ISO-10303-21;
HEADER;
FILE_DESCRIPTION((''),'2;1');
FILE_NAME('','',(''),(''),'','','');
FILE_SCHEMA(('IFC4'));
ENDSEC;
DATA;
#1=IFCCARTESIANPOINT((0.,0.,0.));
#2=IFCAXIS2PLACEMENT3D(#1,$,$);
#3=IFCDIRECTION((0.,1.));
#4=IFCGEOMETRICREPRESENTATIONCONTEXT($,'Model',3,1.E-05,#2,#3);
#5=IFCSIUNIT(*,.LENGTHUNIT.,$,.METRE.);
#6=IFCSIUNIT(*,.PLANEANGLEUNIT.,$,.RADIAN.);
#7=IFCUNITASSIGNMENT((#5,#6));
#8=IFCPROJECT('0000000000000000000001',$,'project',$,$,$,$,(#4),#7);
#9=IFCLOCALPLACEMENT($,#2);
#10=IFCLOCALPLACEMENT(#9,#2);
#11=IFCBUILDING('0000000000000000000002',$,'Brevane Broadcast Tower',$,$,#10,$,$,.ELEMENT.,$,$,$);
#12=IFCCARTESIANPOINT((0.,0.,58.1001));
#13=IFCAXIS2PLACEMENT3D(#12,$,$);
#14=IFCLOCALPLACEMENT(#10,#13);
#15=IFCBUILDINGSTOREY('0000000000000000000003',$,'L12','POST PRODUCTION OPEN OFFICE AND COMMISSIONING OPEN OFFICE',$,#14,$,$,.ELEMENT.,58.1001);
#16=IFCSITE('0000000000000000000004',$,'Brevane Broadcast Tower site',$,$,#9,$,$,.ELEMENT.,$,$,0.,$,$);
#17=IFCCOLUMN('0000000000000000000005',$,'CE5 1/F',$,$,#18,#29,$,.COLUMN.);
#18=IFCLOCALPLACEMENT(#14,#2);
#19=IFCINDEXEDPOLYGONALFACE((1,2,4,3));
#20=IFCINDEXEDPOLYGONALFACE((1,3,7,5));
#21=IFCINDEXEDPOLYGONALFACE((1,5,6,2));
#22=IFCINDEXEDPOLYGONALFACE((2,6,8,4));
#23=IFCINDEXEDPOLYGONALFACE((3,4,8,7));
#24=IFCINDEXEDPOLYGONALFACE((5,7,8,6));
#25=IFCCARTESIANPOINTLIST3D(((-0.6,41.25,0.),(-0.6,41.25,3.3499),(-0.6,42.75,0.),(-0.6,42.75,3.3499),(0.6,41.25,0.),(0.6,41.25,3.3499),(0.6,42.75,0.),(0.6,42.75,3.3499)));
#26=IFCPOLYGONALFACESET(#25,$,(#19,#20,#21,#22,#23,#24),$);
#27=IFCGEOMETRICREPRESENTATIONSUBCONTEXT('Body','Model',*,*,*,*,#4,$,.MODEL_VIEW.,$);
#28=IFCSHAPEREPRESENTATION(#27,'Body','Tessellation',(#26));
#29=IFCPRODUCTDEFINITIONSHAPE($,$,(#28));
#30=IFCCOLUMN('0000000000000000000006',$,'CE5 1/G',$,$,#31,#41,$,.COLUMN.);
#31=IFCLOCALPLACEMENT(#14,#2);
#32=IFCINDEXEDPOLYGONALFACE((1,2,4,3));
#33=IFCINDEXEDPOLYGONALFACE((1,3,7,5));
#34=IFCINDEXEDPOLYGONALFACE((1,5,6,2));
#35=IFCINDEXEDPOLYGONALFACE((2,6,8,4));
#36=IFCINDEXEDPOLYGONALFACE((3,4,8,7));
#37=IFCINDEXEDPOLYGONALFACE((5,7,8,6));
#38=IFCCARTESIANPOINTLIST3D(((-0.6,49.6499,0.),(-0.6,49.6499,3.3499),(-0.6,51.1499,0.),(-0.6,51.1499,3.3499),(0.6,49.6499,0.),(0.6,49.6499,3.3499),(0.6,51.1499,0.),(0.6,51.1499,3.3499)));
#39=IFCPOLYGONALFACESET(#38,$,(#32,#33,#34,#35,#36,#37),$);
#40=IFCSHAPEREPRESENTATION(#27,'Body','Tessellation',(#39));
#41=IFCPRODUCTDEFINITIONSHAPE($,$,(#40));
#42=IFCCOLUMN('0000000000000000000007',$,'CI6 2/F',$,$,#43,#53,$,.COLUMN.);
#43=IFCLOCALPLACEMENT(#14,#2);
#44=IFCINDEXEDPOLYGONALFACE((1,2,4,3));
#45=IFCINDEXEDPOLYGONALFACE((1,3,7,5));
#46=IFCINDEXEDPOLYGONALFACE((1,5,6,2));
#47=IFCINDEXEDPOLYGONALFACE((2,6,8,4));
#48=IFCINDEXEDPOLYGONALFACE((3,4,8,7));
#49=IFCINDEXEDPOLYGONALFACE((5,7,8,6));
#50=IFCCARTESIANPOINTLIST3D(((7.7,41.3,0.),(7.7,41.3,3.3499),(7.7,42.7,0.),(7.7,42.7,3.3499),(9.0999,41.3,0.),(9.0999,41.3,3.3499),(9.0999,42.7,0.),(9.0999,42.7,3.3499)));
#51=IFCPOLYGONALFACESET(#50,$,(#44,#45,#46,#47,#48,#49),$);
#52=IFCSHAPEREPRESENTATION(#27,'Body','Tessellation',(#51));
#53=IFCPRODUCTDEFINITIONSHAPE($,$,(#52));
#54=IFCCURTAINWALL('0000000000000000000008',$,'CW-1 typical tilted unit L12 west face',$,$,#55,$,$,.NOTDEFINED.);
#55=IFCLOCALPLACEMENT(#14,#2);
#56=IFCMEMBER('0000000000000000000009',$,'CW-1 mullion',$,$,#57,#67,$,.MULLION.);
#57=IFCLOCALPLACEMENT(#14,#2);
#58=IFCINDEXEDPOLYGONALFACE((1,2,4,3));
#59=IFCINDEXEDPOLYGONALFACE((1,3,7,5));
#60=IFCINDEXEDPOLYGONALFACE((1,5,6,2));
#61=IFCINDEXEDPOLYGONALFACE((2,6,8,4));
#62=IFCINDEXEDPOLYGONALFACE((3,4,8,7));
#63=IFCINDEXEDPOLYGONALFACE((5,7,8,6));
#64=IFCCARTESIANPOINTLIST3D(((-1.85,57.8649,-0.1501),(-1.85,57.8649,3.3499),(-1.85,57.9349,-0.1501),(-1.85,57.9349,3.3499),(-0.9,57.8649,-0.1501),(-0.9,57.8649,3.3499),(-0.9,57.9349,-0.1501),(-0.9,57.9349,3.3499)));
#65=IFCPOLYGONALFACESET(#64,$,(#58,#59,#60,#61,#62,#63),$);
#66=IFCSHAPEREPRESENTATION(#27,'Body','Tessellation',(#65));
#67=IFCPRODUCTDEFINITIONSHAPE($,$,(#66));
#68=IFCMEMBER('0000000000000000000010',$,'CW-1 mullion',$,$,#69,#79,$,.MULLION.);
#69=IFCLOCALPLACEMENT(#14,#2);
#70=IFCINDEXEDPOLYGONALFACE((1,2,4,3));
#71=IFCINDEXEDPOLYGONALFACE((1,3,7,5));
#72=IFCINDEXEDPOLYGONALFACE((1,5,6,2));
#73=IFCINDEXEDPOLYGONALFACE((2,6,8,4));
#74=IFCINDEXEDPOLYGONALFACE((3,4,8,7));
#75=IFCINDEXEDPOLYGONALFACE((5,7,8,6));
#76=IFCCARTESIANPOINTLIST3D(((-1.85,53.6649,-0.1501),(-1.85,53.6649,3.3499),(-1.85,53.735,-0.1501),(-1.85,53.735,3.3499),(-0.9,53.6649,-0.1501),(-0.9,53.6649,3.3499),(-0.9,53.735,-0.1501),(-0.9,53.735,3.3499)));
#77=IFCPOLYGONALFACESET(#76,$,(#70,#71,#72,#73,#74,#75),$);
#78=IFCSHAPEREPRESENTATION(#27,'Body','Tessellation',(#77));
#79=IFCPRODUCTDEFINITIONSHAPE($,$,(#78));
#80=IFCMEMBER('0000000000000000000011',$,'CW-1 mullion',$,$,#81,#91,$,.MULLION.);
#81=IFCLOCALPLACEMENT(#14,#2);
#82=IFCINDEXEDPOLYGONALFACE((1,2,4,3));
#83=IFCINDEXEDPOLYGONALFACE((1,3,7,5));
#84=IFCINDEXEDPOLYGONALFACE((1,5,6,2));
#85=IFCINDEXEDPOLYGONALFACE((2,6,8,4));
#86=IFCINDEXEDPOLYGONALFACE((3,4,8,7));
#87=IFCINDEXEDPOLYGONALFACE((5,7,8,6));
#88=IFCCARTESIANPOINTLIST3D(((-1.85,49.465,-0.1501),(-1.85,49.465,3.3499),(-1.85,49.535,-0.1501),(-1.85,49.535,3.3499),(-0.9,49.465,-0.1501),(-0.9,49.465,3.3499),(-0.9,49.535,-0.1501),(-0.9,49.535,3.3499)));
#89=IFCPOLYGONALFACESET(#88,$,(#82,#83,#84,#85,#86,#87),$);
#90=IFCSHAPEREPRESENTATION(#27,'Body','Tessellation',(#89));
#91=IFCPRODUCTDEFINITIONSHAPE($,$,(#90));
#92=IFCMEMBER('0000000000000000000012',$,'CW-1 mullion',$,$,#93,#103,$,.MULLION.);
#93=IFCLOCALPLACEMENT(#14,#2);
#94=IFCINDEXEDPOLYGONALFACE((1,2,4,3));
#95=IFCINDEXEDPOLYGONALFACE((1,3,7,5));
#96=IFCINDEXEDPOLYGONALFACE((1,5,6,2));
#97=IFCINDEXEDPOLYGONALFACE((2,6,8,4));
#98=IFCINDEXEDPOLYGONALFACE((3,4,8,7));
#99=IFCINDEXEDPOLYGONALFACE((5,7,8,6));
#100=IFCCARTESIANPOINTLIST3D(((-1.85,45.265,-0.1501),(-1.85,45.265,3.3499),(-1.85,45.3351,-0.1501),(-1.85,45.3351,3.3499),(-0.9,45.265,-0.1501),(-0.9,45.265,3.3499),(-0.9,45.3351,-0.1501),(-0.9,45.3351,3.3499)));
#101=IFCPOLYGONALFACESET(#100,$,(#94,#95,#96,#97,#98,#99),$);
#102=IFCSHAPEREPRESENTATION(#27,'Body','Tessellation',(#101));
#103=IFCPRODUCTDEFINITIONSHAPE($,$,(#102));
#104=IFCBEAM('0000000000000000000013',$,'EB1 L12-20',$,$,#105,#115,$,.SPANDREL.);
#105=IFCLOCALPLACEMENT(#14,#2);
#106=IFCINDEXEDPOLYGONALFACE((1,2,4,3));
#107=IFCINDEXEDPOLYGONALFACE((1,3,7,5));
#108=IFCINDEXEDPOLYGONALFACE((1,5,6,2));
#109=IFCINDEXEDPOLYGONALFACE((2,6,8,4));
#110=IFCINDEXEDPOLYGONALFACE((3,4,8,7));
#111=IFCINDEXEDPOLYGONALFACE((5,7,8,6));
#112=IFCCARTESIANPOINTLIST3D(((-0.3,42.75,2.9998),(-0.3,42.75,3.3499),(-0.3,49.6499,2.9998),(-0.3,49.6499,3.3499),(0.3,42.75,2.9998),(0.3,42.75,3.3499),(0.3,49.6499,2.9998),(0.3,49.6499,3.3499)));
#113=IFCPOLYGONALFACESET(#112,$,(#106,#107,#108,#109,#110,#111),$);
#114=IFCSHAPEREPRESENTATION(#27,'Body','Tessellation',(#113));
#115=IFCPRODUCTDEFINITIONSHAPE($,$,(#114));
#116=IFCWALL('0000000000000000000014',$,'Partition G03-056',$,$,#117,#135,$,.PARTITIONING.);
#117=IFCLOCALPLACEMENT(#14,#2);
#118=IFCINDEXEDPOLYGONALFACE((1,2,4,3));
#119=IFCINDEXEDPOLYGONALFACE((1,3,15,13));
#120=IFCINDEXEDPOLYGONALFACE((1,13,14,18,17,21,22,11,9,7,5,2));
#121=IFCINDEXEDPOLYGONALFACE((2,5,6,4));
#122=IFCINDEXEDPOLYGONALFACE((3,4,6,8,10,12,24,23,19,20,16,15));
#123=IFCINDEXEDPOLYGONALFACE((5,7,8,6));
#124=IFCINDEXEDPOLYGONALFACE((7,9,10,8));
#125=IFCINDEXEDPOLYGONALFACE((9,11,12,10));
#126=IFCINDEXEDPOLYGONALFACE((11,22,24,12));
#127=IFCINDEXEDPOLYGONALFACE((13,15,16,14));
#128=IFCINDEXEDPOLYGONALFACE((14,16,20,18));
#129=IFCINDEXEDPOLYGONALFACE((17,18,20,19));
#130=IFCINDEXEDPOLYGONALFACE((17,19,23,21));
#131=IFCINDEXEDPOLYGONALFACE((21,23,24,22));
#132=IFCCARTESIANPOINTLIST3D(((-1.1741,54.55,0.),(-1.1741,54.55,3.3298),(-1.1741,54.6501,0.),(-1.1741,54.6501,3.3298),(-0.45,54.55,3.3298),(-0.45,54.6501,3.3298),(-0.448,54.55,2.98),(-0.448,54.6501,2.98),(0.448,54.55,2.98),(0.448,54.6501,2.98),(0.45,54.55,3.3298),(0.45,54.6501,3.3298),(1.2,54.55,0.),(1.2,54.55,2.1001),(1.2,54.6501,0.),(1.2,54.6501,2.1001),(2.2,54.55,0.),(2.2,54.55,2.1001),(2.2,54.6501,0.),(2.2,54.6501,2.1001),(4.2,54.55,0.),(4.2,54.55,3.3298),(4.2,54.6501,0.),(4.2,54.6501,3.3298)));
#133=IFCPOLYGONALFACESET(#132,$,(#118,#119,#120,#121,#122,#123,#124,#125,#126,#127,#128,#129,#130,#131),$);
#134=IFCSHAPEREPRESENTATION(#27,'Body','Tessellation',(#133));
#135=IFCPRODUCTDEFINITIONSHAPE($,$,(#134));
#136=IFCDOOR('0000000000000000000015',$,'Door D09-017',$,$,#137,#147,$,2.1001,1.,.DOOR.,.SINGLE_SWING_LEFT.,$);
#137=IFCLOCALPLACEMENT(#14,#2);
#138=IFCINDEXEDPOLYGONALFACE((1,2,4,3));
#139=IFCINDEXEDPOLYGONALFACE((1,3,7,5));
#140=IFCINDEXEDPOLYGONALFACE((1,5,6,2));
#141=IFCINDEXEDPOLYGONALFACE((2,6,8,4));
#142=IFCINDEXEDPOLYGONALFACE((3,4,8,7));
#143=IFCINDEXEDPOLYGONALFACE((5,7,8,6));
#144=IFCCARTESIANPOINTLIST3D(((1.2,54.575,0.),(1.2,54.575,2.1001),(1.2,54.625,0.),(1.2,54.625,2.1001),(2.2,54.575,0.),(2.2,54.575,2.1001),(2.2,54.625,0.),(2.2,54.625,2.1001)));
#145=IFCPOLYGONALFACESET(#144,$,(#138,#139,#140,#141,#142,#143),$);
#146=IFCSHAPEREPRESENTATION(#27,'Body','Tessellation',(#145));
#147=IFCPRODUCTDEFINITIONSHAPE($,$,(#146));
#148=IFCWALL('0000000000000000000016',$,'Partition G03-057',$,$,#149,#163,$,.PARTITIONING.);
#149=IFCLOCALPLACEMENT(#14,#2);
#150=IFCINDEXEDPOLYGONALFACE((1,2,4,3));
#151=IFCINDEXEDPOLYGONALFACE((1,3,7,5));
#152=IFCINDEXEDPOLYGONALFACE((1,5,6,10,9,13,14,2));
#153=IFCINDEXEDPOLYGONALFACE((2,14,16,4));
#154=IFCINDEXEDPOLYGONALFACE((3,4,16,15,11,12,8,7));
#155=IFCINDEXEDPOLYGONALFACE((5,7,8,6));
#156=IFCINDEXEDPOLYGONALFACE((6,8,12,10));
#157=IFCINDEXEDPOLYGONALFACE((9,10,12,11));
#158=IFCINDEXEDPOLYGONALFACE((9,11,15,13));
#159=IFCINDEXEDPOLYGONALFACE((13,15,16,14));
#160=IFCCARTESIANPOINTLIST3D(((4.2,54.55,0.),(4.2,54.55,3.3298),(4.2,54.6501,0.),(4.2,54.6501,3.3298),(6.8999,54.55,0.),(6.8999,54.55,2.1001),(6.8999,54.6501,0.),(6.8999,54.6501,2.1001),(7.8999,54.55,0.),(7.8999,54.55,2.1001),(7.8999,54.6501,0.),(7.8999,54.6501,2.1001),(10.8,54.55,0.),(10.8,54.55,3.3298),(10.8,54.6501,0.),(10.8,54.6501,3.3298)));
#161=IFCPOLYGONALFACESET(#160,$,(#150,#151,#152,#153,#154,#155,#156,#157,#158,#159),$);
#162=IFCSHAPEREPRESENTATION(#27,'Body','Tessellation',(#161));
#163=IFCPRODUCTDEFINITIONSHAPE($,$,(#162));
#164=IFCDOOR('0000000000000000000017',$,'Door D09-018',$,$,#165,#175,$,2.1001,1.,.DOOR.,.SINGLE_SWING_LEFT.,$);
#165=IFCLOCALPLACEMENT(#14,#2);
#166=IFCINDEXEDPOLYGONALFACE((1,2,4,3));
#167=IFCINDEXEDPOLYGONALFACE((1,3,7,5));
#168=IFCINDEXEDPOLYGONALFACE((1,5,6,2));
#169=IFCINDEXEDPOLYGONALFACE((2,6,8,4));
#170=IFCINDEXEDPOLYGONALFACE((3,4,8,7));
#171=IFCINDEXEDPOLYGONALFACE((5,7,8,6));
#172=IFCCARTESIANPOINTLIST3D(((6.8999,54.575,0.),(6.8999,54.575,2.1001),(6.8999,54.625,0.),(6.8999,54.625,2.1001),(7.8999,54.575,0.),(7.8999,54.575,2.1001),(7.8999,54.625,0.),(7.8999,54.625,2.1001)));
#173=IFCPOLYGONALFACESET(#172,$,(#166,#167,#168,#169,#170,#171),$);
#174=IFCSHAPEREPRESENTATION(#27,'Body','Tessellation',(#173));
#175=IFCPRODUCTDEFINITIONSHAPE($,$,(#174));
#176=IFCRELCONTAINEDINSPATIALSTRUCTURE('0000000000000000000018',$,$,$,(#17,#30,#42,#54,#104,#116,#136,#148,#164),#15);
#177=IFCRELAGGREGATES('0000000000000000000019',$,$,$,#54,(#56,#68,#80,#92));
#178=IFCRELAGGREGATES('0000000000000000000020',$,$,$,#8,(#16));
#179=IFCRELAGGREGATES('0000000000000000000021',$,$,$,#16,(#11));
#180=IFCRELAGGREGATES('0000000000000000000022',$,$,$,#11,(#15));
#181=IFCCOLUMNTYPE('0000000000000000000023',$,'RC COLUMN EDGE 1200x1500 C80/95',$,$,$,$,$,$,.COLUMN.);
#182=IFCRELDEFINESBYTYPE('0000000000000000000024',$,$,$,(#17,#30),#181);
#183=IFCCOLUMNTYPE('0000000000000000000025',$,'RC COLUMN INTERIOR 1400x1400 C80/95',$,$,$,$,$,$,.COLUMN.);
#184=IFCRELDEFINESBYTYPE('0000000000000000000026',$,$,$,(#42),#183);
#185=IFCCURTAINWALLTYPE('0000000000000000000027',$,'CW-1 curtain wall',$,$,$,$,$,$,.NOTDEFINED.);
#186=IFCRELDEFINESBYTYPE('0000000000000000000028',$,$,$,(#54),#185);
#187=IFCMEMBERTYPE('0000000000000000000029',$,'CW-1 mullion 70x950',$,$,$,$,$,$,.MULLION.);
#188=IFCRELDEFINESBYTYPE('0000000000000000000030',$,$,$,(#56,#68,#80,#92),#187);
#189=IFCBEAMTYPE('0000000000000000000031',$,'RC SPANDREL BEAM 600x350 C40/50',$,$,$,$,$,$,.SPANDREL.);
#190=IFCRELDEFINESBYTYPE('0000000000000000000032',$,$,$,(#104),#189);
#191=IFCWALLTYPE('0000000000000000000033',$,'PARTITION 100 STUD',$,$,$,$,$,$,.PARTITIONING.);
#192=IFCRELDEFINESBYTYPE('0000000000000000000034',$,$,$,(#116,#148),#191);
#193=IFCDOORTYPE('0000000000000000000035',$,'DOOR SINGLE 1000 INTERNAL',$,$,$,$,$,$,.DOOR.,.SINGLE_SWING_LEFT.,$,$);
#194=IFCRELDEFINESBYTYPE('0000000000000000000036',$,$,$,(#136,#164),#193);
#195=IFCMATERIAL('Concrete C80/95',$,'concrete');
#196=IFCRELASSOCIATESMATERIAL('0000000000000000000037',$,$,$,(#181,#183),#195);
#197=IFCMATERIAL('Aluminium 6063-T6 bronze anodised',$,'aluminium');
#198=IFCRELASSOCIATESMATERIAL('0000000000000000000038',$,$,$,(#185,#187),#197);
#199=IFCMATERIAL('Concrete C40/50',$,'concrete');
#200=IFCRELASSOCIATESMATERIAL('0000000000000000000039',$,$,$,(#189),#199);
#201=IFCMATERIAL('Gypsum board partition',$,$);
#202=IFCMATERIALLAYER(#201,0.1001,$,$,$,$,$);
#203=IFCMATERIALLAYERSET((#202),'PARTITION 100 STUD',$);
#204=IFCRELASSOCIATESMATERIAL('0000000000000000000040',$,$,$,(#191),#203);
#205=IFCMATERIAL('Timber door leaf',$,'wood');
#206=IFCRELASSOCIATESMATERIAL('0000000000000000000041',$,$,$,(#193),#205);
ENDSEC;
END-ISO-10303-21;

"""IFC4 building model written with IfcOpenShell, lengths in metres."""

from ifc_helpers import new_model, si_unit, direction, frame, frame_2d, origin, origin_2d, place, context, subcontext, project, spatial, polyline, rectangle, outline, extrude, material, layer, layer_set, material_profile, profile_set, type_object, element, fill, aggregate, save


model = new_model("IFC4")

# Units and contexts
model_context = context("Model", 3, precision=1e-05, world=origin(), true_north=direction((0.0, 1.0)))
body_context = subcontext(model_context, "Body", "Model", "MODEL_VIEW")
ifc_project = project(units=[si_unit("LENGTHUNIT", "METRE"), si_unit("PLANEANGLEUNIT", "RADIAN")], contexts=[model_context])

# Site, building, storey
site_placement = place(None, origin())
site = spatial("IfcSite", under=ifc_project, at=site_placement, Name="Brevane Broadcast Tower site", CompositionType="ELEMENT", RefElevation=0.0)
building_placement = place(site_placement, origin())
building = spatial("IfcBuilding", under=site, at=building_placement, Name="Brevane Broadcast Tower", CompositionType="ELEMENT")
storey_placement = place(building_placement, frame((0.0, 0.0, 58.1001)))
storey = spatial("IfcBuildingStorey", under=building, at=storey_placement, Name="L12", Description="POST PRODUCTION OPEN OFFICE AND COMMISSIONING OPEN OFFICE", CompositionType="ELEMENT", Elevation=58.1001)

# Columns
ifc_material_1 = material(Name="Concrete C80/95", Category="concrete")
ifc_material_profile_1 = material_profile(ifc_material_1, rectangle(XDim=1.2, YDim=1.5, at=origin_2d()), Name="RC 1200x1500")
ifc_profile_set_1 = profile_set([ifc_material_profile_1], Name="Concrete C80/95")
column_type_1 = type_object("IfcColumnType", Name="RC COLUMN EDGE 1200x1500 C80/95", PredefinedType="COLUMN", material=ifc_profile_set_1)
for number, where, z_axis, x_axis, name in (
    (1, (0.0, 42.0, 0.0), (0.0, 0.0, 1.0), (1.0, 0.0, 0.0), "CE5 1/F"),
    (2, (0.0, 50.3999, 0.0), (0.0, 0.0, 1.0), (1.0, 0.0, 0.0), "CE5 1/G"),
):
    element("IfcColumn", number, at=place(storey_placement, frame(where, z_axis=z_axis, x_axis=x_axis)), inside=storey, type_object=column_type_1, Name=name, PredefinedType="COLUMN", context=body_context, shape_type="SweptSolid", body=[
        extrude(rectangle(XDim=1.2, YDim=1.5, at=origin_2d()), origin(), (0.0, 0.0, 1.0), 3.3499),
    ])
ifc_material_profile_2 = material_profile(ifc_material_1, rectangle(XDim=1.3999, YDim=1.3999, at=origin_2d()), Name="RC 1400x1400")
ifc_profile_set_2 = profile_set([ifc_material_profile_2], Name="Concrete C80/95")
column_type_2 = type_object("IfcColumnType", Name="RC COLUMN INTERIOR 1400x1400 C80/95", PredefinedType="COLUMN", material=ifc_profile_set_2)
column_placement = place(storey_placement, frame((8.3999, 42.0, 0.0), z_axis=(0.0, 0.0, 1.0), x_axis=(1.0, 0.0, 0.0)))
element("IfcColumn", 3, at=column_placement, inside=storey, type_object=column_type_2, Name="CI6 2/F", PredefinedType="COLUMN", context=body_context, shape_type="SweptSolid", body=[
    extrude(rectangle(XDim=1.3999, YDim=1.3999, at=origin_2d()), origin(), (0.0, 0.0, 1.0), 3.3499),
])

# Curtain wall, members
ifc_material_2 = material(Name="Aluminium 6063-T6 bronze anodised", Category="aluminium")
curtain_wall_type = type_object("IfcCurtainWallType", Name="CW-1 curtain wall", PredefinedType="NOTDEFINED", material=ifc_material_2)
curtain_wall_placement = place(storey_placement, origin())
curtain_wall = element("IfcCurtainWall", 4, at=curtain_wall_placement, inside=storey, type_object=curtain_wall_type, Name="CW-1 typical tilted unit L12 west face", PredefinedType="NOTDEFINED")
ifc_material_profile_3 = material_profile(ifc_material_2, rectangle(XDim=0.95, YDim=0.0701, at=origin_2d()), Name="RECT 70x950")
ifc_profile_set_3 = profile_set([ifc_material_profile_3], Name="Aluminium 6063-T6 bronze anodised")
member_type = type_object("IfcMemberType", Name="CW-1 mullion 70x950", PredefinedType="MULLION", material=ifc_profile_set_3)
member_1_placement = place(storey_placement, frame((-1.375, 57.8999, -0.1501), z_axis=(0.0, 0.0, 1.0), x_axis=(1.0, 0.0, 0.0)))
member_1 = element("IfcMember", 5, at=member_1_placement, type_object=member_type, Name="CW-1 mullion", PredefinedType="MULLION", context=body_context, shape_type="SweptSolid", body=[
    extrude(rectangle(XDim=0.95, YDim=0.0701, at=origin_2d()), origin(), (0.0, 0.0, 1.0), 3.5),
])
member_2_placement = place(storey_placement, frame((-1.375, 53.7, -0.1501), z_axis=(0.0, 0.0, 1.0), x_axis=(1.0, 0.0, 0.0)))
member_2 = element("IfcMember", 6, at=member_2_placement, type_object=member_type, Name="CW-1 mullion", PredefinedType="MULLION", context=body_context, shape_type="SweptSolid", body=[
    extrude(rectangle(XDim=0.95, YDim=0.0701, at=origin_2d()), origin(), (0.0, 0.0, 1.0), 3.5),
])
member_3_placement = place(storey_placement, frame((-1.375, 49.5, -0.1501), z_axis=(0.0, 0.0, 1.0), x_axis=(1.0, 0.0, 0.0)))
member_3 = element("IfcMember", 7, at=member_3_placement, type_object=member_type, Name="CW-1 mullion", PredefinedType="MULLION", context=body_context, shape_type="SweptSolid", body=[
    extrude(rectangle(XDim=0.95, YDim=0.0701, at=origin_2d()), origin(), (0.0, 0.0, 1.0), 3.5),
])
member_4_placement = place(storey_placement, frame((-1.375, 45.3, -0.1501), z_axis=(0.0, 0.0, 1.0), x_axis=(1.0, 0.0, 0.0)))
member_4 = element("IfcMember", 8, at=member_4_placement, type_object=member_type, Name="CW-1 mullion", PredefinedType="MULLION", context=body_context, shape_type="SweptSolid", body=[
    extrude(rectangle(XDim=0.95, YDim=0.0701, at=origin_2d()), origin(), (0.0, 0.0, 1.0), 3.5),
])
aggregate(curtain_wall, [member_1, member_2, member_3, member_4])

# Beam
ifc_material_3 = material(Name="Concrete C40/50", Category="concrete")
ifc_material_profile_4 = material_profile(ifc_material_3, rectangle(XDim=0.6001, YDim=0.3501, at=origin_2d()), Name="RC 600x350")
ifc_profile_set_4 = profile_set([ifc_material_profile_4], Name="Concrete C40/50")
beam_type = type_object("IfcBeamType", Name="RC SPANDREL BEAM 600x350 C40/50", PredefinedType="SPANDREL", material=ifc_profile_set_4)
beam_placement = place(storey_placement, frame((0.0, 49.6499, 3.1748), z_axis=(0.0, -1.0, 0.0), x_axis=(1.0, 0.0, 0.0)))
element("IfcBeam", 9, at=beam_placement, inside=storey, type_object=beam_type, Name="EB1 L12-20", PredefinedType="SPANDREL", context=body_context, shape_type="SweptSolid", body=[
    extrude(rectangle(XDim=0.6001, YDim=0.3501, at=origin_2d()), origin(), (0.0, 0.0, 1.0), 6.8999),
])

# Walls, openings, doors
ifc_material_4 = material(Name="Gypsum board partition")
ifc_layer_1 = layer(ifc_material_4, 0.1001)
ifc_layer_set_1 = layer_set([ifc_layer_1], Name="PARTITION 100 STUD")
wall_type_1 = type_object("IfcWallType", Name="PARTITION 100 STUD", PredefinedType="PARTITIONING", material=ifc_layer_set_1)
wall_1_placement = place(storey_placement, frame((-1.1741, 54.6001, 0.0), z_axis=(0.0, 0.0, 1.0), x_axis=(1.0, 0.0, 0.0)))
wall_1 = element("IfcWall", 10, at=wall_1_placement, inside=storey, type_object=wall_type_1, Name="Partition G03-056", PredefinedType="PARTITIONING", context=body_context, shape_type="SweptSolid", body=[
    extrude(outline(polyline([(0.0, 0.0), (5.374, 0.0), (5.374, 3.3298), (1.624, 3.3298), (1.6221, 2.98), (0.7261, 2.98), (0.7241, 3.3298), (0.074, 3.3298), (0.0, 3.3298), (0.0, 0.0)])), frame((0.0, 0.05, 0.0), z_axis=(0.0, -1.0, 0.0), x_axis=(1.0, 0.0, 0.0)), (0.0, 0.0, 1.0), 0.1001),
])
opening_1_placement = place(wall_1_placement, frame((2.374, 0.0, 0.0)))
opening_1 = element("IfcOpeningElement", 11, at=opening_1_placement, cuts=wall_1, PredefinedType="OPENING", context=body_context, shape_type="SweptSolid", body=[
    extrude(rectangle(XDim=1.0, YDim=2.1001, at=frame_2d((0.5, 1.05))), frame((0.0, 0.0601, 0.0), z_axis=(0.0, -1.0, 0.0), x_axis=(1.0, 0.0, 0.0)), (0.0, 0.0, 1.0), 0.1201),
])
ifc_material_5 = material(Name="Timber door leaf", Category="wood")
door_type = type_object("IfcDoorType", Name="DOOR SINGLE 1000 INTERNAL", OperationType="SINGLE_SWING_LEFT", PredefinedType="DOOR", material=ifc_material_5)
door_1_placement = place(opening_1_placement, origin())
door_1 = element("IfcDoor", 12, at=door_1_placement, inside=storey, type_object=door_type, Name="Door D09-017", OperationType="SINGLE_SWING_LEFT", OverallHeight=2.1001, OverallWidth=1.0, PredefinedType="DOOR", context=body_context, shape_type="SweptSolid", body=[
    extrude(rectangle(XDim=1.0, YDim=2.1001, at=frame_2d((0.5, 1.05))), frame((0.0, 0.0249, 0.0), z_axis=(0.0, -1.0, 0.0), x_axis=(1.0, 0.0, 0.0)), (0.0, 0.0, 1.0), 0.05),
])
fill(opening_1, door_1)
wall_2_placement = place(storey_placement, frame((4.2, 54.6001, 0.0), z_axis=(0.0, 0.0, 1.0), x_axis=(1.0, 0.0, 0.0)))
wall_2 = element("IfcWall", 13, at=wall_2_placement, inside=storey, type_object=wall_type_1, Name="Partition G03-057", PredefinedType="PARTITIONING", context=body_context, shape_type="SweptSolid", body=[
    extrude(rectangle(XDim=6.6001, YDim=0.1001, at=frame_2d((3.3, 0.0))), origin(), (0.0, 0.0, 1.0), 3.3298),
])
opening_2_placement = place(wall_2_placement, frame((2.7, 0.0, 0.0)))
opening_2 = element("IfcOpeningElement", 14, at=opening_2_placement, cuts=wall_2, PredefinedType="OPENING", context=body_context, shape_type="SweptSolid", body=[
    extrude(rectangle(XDim=1.0, YDim=2.1001, at=frame_2d((0.5, 1.05))), frame((0.0, 0.0601, 0.0), z_axis=(0.0, -1.0, 0.0), x_axis=(1.0, 0.0, 0.0)), (0.0, 0.0, 1.0), 0.1201),
])
door_2_placement = place(opening_2_placement, origin())
door_2 = element("IfcDoor", 15, at=door_2_placement, inside=storey, type_object=door_type, Name="Door D09-018", OperationType="SINGLE_SWING_LEFT", OverallHeight=2.1001, OverallWidth=1.0, PredefinedType="DOOR", context=body_context, shape_type="SweptSolid", body=[
    extrude(rectangle(XDim=1.0, YDim=2.1001, at=frame_2d((0.5, 1.05))), frame((0.0, 0.0249, 0.0), z_axis=(0.0, -1.0, 0.0), x_axis=(1.0, 0.0, 0.0)), (0.0, 0.0, 1.0), 0.05),
])
fill(opening_2, door_2)

save(model, "model.ifc")
